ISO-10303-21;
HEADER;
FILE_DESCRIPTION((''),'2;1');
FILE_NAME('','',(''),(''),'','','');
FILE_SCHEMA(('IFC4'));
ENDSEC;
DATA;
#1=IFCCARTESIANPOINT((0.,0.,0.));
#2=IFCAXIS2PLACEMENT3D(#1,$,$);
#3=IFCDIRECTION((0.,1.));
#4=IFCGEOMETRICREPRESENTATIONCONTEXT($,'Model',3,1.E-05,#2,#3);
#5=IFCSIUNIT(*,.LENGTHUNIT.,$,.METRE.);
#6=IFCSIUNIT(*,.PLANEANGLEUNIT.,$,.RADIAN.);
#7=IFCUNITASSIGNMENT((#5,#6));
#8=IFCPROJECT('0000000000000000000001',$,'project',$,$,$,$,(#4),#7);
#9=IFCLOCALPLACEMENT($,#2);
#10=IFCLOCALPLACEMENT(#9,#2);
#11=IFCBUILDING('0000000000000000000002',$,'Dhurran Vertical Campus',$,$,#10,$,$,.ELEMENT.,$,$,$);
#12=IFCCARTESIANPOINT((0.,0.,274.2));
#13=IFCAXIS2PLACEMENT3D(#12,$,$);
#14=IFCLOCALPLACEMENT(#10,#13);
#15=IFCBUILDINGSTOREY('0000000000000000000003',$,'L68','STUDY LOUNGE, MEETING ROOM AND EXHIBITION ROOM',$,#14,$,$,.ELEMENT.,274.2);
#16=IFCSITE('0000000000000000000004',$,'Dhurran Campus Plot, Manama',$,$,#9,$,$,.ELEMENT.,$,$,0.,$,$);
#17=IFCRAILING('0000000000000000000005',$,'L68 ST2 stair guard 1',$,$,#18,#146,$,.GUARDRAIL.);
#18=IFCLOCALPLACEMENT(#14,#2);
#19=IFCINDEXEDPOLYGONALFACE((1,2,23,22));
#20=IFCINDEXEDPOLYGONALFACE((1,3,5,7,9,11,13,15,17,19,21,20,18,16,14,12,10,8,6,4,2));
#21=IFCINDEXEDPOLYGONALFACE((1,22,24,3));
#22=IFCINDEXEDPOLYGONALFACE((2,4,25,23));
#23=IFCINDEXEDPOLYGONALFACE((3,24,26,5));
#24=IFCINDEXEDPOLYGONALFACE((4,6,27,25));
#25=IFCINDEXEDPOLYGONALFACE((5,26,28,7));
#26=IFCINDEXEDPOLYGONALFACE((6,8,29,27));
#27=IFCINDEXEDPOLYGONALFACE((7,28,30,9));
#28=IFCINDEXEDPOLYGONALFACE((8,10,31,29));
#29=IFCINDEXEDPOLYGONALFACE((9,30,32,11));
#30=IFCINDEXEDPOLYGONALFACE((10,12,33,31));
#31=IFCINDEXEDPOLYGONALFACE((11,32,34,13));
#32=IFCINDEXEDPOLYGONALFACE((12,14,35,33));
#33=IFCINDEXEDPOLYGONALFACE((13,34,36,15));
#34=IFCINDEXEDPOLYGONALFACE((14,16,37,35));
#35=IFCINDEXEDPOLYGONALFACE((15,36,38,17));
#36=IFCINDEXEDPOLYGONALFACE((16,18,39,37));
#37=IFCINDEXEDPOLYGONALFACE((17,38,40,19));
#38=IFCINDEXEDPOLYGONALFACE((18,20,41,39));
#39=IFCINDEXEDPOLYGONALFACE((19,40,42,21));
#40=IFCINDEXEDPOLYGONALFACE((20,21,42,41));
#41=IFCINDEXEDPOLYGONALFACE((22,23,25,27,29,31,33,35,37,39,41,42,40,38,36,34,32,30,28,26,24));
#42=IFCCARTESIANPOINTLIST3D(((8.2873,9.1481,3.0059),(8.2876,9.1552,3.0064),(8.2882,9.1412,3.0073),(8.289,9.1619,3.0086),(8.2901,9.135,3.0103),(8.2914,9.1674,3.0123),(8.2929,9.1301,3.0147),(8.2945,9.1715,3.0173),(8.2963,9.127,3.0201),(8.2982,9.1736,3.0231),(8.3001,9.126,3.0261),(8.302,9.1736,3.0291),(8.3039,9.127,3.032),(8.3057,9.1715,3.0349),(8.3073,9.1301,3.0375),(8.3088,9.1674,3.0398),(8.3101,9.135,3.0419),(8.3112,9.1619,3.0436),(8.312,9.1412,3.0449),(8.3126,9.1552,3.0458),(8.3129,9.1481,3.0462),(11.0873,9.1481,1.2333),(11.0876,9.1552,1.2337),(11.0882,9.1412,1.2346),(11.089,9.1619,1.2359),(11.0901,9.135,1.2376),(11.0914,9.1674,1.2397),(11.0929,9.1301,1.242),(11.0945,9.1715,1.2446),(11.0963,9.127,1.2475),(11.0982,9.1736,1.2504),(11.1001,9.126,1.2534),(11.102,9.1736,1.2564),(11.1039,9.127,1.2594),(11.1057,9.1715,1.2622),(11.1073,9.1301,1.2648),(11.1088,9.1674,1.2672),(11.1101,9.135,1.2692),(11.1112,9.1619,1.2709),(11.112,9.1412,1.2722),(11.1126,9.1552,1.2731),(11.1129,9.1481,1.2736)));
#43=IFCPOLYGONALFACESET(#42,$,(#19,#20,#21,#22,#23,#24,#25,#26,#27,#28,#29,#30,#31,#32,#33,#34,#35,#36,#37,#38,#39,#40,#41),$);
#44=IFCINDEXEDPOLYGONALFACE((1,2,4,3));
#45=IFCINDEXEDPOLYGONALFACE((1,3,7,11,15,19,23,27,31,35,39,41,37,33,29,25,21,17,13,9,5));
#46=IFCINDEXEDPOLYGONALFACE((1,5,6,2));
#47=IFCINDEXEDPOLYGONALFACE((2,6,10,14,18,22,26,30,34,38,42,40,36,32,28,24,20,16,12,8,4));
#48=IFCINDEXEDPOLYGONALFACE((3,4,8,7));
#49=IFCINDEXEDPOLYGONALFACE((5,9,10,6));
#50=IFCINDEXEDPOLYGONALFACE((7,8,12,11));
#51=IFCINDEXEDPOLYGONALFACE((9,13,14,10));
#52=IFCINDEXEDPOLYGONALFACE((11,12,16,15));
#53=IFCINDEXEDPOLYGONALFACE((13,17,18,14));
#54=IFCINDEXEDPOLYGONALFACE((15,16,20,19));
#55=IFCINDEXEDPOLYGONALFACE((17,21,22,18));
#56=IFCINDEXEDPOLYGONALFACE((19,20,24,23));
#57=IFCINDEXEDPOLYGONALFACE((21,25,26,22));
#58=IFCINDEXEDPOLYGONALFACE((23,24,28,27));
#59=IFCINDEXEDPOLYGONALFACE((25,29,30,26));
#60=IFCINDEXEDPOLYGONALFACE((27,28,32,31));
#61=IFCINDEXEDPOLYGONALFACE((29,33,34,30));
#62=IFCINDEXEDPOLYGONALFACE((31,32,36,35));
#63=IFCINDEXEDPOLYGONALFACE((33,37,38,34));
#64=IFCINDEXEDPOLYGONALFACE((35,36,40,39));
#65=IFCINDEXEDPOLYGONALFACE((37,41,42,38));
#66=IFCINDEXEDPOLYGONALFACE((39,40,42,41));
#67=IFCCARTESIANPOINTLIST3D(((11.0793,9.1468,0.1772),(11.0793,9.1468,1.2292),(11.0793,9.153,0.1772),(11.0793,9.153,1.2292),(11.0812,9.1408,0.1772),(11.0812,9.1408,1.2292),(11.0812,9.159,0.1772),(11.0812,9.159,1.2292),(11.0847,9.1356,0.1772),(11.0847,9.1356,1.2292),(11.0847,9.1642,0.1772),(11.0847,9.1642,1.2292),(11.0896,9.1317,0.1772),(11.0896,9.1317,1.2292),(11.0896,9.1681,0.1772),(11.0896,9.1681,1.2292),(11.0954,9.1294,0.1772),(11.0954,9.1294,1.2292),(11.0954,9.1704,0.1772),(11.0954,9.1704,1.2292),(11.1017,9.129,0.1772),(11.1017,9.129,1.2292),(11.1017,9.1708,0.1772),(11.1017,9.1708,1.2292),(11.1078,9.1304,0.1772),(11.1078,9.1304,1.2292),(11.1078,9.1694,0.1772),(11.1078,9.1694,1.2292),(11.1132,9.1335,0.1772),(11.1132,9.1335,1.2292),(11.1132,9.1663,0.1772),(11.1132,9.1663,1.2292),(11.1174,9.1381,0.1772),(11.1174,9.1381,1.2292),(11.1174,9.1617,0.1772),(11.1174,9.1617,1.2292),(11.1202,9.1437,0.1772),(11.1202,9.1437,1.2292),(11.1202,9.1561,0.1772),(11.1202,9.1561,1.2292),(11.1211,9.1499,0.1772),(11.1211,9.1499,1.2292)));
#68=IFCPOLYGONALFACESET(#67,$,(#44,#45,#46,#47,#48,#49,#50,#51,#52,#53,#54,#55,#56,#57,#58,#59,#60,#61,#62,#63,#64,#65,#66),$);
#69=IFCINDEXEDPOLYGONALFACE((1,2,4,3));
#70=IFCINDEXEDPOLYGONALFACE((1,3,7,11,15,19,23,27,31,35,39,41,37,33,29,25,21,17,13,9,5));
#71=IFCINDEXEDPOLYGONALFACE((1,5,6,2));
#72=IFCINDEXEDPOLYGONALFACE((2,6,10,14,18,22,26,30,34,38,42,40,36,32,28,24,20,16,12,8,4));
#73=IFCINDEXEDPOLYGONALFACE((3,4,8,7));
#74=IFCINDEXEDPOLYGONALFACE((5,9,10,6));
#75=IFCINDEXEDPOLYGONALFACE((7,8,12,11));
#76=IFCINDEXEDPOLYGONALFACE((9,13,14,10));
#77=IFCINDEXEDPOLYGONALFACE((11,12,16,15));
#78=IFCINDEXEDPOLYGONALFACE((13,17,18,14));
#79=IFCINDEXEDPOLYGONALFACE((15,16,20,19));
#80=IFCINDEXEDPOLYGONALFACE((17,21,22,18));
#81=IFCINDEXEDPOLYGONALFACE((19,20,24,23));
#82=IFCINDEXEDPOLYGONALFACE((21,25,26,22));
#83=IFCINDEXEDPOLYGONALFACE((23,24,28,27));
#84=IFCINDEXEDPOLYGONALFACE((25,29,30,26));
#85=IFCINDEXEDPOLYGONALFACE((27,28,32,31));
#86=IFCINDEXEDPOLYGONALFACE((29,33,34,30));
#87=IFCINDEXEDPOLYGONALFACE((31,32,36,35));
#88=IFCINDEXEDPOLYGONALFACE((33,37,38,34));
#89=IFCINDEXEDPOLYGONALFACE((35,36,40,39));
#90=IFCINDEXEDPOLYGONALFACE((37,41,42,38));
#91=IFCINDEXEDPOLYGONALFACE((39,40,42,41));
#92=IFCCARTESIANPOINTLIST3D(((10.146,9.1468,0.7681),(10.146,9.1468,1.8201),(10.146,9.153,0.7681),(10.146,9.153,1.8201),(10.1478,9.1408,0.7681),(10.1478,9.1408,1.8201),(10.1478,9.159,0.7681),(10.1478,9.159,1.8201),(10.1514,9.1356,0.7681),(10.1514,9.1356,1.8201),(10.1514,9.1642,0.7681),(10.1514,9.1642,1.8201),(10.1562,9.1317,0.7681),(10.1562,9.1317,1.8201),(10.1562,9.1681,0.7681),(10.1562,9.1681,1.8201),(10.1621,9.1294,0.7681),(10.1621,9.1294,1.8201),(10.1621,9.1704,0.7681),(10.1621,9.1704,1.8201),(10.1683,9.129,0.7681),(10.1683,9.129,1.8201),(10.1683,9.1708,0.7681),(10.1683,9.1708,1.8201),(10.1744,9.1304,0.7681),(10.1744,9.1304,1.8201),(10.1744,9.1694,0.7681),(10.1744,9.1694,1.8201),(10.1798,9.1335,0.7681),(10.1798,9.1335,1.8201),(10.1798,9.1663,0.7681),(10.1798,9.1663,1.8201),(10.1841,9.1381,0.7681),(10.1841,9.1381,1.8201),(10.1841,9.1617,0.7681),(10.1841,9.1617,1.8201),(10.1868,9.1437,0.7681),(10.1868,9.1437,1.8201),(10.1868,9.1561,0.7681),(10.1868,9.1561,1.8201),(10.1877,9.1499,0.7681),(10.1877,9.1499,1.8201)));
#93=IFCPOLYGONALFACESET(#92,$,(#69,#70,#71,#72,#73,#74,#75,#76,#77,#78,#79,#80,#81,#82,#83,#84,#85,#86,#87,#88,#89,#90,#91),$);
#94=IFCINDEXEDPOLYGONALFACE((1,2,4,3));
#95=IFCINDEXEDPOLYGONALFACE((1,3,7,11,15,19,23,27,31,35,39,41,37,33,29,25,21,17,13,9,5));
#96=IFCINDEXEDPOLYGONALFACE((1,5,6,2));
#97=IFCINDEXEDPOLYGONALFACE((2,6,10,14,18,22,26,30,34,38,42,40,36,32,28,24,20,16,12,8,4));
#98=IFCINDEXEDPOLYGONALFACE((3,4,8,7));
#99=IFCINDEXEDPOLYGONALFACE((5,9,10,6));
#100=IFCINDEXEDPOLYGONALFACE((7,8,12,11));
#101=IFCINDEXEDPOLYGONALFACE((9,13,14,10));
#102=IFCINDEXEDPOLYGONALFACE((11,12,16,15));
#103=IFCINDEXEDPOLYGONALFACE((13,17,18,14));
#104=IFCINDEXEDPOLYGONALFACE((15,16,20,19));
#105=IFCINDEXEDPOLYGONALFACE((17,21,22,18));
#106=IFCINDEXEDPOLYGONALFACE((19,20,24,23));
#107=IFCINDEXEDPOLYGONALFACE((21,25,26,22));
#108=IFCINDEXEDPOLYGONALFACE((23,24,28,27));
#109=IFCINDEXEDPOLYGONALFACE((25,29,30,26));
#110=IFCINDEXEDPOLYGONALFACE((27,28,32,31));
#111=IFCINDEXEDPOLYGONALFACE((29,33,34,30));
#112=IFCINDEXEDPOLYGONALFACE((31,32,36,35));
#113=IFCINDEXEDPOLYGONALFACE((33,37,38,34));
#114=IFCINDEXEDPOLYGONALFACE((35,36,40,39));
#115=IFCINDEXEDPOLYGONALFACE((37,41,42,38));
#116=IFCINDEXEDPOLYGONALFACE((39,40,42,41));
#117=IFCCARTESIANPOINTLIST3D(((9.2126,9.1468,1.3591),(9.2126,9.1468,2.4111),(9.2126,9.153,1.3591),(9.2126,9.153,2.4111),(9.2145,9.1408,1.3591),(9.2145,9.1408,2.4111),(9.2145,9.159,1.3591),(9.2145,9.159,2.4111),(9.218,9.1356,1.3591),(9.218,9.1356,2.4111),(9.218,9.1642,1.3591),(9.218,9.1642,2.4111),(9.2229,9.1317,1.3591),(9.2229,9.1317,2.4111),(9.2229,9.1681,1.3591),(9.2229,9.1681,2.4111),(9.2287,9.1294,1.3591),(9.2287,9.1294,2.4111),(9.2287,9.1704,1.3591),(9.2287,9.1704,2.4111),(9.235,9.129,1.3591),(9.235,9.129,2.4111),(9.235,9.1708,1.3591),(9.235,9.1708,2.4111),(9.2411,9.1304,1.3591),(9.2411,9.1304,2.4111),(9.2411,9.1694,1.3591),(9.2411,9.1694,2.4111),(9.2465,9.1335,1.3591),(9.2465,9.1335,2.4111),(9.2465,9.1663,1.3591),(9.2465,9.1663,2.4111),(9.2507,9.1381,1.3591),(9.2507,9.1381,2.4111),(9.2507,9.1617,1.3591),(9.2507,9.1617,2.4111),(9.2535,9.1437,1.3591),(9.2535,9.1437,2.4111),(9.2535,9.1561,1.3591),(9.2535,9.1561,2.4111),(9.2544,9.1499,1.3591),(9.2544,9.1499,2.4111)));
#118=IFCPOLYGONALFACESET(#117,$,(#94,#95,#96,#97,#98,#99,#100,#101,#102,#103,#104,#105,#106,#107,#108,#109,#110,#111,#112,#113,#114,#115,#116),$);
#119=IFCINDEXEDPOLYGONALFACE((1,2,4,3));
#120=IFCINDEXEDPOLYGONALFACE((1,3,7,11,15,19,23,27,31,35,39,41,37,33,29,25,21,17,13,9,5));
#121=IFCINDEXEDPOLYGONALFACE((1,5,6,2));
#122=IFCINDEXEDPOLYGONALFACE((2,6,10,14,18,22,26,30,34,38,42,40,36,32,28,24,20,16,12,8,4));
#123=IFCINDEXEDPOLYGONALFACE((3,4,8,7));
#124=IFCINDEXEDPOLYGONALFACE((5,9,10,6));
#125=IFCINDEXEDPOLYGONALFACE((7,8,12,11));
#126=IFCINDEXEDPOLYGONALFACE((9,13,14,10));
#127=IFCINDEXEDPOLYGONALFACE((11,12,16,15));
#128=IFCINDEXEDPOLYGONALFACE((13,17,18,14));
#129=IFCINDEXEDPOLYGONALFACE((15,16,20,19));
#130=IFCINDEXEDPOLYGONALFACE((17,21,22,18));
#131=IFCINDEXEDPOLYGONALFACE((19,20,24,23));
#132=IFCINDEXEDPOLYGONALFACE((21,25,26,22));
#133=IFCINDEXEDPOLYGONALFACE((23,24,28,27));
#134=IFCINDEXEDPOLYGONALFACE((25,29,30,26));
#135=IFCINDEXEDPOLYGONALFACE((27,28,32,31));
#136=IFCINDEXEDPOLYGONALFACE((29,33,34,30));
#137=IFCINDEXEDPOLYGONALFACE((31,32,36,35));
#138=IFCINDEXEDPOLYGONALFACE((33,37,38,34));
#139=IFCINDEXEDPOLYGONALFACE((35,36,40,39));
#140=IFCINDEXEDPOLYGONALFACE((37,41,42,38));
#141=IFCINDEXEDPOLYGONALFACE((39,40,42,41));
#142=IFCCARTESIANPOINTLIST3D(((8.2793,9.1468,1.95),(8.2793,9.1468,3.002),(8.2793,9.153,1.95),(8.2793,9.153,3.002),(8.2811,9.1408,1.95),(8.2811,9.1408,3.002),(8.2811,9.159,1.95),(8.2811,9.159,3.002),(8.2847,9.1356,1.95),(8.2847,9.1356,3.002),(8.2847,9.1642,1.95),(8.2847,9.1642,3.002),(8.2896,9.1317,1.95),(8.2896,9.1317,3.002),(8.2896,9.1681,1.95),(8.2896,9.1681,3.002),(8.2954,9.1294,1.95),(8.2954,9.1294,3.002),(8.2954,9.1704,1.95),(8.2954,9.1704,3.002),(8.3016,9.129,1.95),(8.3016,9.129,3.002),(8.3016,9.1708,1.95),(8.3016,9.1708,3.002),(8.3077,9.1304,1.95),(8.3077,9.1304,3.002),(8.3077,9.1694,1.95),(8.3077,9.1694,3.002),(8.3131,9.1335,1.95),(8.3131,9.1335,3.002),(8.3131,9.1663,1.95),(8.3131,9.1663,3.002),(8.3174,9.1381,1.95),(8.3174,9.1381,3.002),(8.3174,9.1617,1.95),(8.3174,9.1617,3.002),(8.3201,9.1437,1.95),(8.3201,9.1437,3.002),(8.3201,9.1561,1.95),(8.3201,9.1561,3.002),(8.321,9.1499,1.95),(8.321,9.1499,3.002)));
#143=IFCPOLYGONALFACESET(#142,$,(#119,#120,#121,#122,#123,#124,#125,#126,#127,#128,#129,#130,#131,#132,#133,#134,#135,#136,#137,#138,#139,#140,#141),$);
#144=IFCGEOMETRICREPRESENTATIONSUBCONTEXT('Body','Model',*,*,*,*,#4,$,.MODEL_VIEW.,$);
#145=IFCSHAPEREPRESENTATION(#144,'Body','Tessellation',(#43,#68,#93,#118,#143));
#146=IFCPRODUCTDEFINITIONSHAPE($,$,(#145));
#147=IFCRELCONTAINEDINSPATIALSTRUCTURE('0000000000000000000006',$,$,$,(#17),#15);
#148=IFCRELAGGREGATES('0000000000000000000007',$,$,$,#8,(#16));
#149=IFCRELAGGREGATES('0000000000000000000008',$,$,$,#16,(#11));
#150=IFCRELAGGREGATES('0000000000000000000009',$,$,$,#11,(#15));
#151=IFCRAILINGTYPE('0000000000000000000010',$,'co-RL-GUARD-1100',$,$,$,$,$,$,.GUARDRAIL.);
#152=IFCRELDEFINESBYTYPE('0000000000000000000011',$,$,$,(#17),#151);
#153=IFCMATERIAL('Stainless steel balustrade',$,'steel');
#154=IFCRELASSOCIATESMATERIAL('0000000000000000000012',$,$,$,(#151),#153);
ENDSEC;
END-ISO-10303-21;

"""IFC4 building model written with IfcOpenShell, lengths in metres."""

from ifc_helpers import new_model, si_unit, direction, frame, origin, origin_2d, place, context, subcontext, project, spatial, circle, extrude, material, type_object, element, save


model = new_model("IFC4")

# Units and contexts
model_context = context("Model", 3, precision=1e-05, world=origin(), true_north=direction((0.0, 1.0)))
body_context = subcontext(model_context, "Body", "Model", "MODEL_VIEW")
ifc_project = project(units=[si_unit("LENGTHUNIT", "METRE"), si_unit("PLANEANGLEUNIT", "RADIAN")], contexts=[model_context])

# Site, building, storey
site_placement = place(None, origin())
site = spatial("IfcSite", under=ifc_project, at=site_placement, Name="Dhurran Campus Plot, Manama", CompositionType="ELEMENT", RefElevation=0.0)
building_placement = place(site_placement, origin())
building = spatial("IfcBuilding", under=site, at=building_placement, Name="Dhurran Vertical Campus", CompositionType="ELEMENT")
storey_placement = place(building_placement, frame((0.0, 0.0, 274.2)))
storey = spatial("IfcBuildingStorey", under=building, at=storey_placement, Name="L68", Description="STUDY LOUNGE, MEETING ROOM AND EXHIBITION ROOM", CompositionType="ELEMENT", Elevation=274.2)

# Railing
ifc_material_1 = material(Name="Stainless steel balustrade", Category="steel")
railing_type = type_object("IfcRailingType", Name="co-RL-GUARD-1100", PredefinedType="GUARDRAIL", material=ifc_material_1)
railing_1_placement = place(storey_placement, frame((11.1001, 9.1499, 0.1772)))
element("IfcRailing", 1, at=railing_1_placement, inside=storey, type_object=railing_type, Name="L68 ST2 stair guard 1", PredefinedType="GUARDRAIL", context=body_context, shape_type="SweptSolid", body=[
    extrude(circle(Radius=0.0239, at=origin_2d()), frame((0.0, 0.0, 1.0762), z_axis=(-0.844909, 0.0, 0.53491), x_axis=(0.0, -1.0, 0.0)), (0.0, 0.0, 1.0), 3.314),
    extrude(circle(Radius=0.021, at=origin_2d()), origin(), (0.0, 0.0, 1.0), 1.052),
    extrude(circle(Radius=0.021, at=origin_2d()), frame((-0.9333, 0.0, 0.5908)), (0.0, 0.0, 1.0), 1.052),
    extrude(circle(Radius=0.021, at=origin_2d()), frame((-1.8667, 0.0, 1.1819)), (0.0, 0.0, 1.0), 1.052),
    extrude(circle(Radius=0.021, at=origin_2d()), frame((-2.8, 0.0, 1.7727)), (0.0, 0.0, 1.0), 1.052),
])

save(model, "model.ifc")
